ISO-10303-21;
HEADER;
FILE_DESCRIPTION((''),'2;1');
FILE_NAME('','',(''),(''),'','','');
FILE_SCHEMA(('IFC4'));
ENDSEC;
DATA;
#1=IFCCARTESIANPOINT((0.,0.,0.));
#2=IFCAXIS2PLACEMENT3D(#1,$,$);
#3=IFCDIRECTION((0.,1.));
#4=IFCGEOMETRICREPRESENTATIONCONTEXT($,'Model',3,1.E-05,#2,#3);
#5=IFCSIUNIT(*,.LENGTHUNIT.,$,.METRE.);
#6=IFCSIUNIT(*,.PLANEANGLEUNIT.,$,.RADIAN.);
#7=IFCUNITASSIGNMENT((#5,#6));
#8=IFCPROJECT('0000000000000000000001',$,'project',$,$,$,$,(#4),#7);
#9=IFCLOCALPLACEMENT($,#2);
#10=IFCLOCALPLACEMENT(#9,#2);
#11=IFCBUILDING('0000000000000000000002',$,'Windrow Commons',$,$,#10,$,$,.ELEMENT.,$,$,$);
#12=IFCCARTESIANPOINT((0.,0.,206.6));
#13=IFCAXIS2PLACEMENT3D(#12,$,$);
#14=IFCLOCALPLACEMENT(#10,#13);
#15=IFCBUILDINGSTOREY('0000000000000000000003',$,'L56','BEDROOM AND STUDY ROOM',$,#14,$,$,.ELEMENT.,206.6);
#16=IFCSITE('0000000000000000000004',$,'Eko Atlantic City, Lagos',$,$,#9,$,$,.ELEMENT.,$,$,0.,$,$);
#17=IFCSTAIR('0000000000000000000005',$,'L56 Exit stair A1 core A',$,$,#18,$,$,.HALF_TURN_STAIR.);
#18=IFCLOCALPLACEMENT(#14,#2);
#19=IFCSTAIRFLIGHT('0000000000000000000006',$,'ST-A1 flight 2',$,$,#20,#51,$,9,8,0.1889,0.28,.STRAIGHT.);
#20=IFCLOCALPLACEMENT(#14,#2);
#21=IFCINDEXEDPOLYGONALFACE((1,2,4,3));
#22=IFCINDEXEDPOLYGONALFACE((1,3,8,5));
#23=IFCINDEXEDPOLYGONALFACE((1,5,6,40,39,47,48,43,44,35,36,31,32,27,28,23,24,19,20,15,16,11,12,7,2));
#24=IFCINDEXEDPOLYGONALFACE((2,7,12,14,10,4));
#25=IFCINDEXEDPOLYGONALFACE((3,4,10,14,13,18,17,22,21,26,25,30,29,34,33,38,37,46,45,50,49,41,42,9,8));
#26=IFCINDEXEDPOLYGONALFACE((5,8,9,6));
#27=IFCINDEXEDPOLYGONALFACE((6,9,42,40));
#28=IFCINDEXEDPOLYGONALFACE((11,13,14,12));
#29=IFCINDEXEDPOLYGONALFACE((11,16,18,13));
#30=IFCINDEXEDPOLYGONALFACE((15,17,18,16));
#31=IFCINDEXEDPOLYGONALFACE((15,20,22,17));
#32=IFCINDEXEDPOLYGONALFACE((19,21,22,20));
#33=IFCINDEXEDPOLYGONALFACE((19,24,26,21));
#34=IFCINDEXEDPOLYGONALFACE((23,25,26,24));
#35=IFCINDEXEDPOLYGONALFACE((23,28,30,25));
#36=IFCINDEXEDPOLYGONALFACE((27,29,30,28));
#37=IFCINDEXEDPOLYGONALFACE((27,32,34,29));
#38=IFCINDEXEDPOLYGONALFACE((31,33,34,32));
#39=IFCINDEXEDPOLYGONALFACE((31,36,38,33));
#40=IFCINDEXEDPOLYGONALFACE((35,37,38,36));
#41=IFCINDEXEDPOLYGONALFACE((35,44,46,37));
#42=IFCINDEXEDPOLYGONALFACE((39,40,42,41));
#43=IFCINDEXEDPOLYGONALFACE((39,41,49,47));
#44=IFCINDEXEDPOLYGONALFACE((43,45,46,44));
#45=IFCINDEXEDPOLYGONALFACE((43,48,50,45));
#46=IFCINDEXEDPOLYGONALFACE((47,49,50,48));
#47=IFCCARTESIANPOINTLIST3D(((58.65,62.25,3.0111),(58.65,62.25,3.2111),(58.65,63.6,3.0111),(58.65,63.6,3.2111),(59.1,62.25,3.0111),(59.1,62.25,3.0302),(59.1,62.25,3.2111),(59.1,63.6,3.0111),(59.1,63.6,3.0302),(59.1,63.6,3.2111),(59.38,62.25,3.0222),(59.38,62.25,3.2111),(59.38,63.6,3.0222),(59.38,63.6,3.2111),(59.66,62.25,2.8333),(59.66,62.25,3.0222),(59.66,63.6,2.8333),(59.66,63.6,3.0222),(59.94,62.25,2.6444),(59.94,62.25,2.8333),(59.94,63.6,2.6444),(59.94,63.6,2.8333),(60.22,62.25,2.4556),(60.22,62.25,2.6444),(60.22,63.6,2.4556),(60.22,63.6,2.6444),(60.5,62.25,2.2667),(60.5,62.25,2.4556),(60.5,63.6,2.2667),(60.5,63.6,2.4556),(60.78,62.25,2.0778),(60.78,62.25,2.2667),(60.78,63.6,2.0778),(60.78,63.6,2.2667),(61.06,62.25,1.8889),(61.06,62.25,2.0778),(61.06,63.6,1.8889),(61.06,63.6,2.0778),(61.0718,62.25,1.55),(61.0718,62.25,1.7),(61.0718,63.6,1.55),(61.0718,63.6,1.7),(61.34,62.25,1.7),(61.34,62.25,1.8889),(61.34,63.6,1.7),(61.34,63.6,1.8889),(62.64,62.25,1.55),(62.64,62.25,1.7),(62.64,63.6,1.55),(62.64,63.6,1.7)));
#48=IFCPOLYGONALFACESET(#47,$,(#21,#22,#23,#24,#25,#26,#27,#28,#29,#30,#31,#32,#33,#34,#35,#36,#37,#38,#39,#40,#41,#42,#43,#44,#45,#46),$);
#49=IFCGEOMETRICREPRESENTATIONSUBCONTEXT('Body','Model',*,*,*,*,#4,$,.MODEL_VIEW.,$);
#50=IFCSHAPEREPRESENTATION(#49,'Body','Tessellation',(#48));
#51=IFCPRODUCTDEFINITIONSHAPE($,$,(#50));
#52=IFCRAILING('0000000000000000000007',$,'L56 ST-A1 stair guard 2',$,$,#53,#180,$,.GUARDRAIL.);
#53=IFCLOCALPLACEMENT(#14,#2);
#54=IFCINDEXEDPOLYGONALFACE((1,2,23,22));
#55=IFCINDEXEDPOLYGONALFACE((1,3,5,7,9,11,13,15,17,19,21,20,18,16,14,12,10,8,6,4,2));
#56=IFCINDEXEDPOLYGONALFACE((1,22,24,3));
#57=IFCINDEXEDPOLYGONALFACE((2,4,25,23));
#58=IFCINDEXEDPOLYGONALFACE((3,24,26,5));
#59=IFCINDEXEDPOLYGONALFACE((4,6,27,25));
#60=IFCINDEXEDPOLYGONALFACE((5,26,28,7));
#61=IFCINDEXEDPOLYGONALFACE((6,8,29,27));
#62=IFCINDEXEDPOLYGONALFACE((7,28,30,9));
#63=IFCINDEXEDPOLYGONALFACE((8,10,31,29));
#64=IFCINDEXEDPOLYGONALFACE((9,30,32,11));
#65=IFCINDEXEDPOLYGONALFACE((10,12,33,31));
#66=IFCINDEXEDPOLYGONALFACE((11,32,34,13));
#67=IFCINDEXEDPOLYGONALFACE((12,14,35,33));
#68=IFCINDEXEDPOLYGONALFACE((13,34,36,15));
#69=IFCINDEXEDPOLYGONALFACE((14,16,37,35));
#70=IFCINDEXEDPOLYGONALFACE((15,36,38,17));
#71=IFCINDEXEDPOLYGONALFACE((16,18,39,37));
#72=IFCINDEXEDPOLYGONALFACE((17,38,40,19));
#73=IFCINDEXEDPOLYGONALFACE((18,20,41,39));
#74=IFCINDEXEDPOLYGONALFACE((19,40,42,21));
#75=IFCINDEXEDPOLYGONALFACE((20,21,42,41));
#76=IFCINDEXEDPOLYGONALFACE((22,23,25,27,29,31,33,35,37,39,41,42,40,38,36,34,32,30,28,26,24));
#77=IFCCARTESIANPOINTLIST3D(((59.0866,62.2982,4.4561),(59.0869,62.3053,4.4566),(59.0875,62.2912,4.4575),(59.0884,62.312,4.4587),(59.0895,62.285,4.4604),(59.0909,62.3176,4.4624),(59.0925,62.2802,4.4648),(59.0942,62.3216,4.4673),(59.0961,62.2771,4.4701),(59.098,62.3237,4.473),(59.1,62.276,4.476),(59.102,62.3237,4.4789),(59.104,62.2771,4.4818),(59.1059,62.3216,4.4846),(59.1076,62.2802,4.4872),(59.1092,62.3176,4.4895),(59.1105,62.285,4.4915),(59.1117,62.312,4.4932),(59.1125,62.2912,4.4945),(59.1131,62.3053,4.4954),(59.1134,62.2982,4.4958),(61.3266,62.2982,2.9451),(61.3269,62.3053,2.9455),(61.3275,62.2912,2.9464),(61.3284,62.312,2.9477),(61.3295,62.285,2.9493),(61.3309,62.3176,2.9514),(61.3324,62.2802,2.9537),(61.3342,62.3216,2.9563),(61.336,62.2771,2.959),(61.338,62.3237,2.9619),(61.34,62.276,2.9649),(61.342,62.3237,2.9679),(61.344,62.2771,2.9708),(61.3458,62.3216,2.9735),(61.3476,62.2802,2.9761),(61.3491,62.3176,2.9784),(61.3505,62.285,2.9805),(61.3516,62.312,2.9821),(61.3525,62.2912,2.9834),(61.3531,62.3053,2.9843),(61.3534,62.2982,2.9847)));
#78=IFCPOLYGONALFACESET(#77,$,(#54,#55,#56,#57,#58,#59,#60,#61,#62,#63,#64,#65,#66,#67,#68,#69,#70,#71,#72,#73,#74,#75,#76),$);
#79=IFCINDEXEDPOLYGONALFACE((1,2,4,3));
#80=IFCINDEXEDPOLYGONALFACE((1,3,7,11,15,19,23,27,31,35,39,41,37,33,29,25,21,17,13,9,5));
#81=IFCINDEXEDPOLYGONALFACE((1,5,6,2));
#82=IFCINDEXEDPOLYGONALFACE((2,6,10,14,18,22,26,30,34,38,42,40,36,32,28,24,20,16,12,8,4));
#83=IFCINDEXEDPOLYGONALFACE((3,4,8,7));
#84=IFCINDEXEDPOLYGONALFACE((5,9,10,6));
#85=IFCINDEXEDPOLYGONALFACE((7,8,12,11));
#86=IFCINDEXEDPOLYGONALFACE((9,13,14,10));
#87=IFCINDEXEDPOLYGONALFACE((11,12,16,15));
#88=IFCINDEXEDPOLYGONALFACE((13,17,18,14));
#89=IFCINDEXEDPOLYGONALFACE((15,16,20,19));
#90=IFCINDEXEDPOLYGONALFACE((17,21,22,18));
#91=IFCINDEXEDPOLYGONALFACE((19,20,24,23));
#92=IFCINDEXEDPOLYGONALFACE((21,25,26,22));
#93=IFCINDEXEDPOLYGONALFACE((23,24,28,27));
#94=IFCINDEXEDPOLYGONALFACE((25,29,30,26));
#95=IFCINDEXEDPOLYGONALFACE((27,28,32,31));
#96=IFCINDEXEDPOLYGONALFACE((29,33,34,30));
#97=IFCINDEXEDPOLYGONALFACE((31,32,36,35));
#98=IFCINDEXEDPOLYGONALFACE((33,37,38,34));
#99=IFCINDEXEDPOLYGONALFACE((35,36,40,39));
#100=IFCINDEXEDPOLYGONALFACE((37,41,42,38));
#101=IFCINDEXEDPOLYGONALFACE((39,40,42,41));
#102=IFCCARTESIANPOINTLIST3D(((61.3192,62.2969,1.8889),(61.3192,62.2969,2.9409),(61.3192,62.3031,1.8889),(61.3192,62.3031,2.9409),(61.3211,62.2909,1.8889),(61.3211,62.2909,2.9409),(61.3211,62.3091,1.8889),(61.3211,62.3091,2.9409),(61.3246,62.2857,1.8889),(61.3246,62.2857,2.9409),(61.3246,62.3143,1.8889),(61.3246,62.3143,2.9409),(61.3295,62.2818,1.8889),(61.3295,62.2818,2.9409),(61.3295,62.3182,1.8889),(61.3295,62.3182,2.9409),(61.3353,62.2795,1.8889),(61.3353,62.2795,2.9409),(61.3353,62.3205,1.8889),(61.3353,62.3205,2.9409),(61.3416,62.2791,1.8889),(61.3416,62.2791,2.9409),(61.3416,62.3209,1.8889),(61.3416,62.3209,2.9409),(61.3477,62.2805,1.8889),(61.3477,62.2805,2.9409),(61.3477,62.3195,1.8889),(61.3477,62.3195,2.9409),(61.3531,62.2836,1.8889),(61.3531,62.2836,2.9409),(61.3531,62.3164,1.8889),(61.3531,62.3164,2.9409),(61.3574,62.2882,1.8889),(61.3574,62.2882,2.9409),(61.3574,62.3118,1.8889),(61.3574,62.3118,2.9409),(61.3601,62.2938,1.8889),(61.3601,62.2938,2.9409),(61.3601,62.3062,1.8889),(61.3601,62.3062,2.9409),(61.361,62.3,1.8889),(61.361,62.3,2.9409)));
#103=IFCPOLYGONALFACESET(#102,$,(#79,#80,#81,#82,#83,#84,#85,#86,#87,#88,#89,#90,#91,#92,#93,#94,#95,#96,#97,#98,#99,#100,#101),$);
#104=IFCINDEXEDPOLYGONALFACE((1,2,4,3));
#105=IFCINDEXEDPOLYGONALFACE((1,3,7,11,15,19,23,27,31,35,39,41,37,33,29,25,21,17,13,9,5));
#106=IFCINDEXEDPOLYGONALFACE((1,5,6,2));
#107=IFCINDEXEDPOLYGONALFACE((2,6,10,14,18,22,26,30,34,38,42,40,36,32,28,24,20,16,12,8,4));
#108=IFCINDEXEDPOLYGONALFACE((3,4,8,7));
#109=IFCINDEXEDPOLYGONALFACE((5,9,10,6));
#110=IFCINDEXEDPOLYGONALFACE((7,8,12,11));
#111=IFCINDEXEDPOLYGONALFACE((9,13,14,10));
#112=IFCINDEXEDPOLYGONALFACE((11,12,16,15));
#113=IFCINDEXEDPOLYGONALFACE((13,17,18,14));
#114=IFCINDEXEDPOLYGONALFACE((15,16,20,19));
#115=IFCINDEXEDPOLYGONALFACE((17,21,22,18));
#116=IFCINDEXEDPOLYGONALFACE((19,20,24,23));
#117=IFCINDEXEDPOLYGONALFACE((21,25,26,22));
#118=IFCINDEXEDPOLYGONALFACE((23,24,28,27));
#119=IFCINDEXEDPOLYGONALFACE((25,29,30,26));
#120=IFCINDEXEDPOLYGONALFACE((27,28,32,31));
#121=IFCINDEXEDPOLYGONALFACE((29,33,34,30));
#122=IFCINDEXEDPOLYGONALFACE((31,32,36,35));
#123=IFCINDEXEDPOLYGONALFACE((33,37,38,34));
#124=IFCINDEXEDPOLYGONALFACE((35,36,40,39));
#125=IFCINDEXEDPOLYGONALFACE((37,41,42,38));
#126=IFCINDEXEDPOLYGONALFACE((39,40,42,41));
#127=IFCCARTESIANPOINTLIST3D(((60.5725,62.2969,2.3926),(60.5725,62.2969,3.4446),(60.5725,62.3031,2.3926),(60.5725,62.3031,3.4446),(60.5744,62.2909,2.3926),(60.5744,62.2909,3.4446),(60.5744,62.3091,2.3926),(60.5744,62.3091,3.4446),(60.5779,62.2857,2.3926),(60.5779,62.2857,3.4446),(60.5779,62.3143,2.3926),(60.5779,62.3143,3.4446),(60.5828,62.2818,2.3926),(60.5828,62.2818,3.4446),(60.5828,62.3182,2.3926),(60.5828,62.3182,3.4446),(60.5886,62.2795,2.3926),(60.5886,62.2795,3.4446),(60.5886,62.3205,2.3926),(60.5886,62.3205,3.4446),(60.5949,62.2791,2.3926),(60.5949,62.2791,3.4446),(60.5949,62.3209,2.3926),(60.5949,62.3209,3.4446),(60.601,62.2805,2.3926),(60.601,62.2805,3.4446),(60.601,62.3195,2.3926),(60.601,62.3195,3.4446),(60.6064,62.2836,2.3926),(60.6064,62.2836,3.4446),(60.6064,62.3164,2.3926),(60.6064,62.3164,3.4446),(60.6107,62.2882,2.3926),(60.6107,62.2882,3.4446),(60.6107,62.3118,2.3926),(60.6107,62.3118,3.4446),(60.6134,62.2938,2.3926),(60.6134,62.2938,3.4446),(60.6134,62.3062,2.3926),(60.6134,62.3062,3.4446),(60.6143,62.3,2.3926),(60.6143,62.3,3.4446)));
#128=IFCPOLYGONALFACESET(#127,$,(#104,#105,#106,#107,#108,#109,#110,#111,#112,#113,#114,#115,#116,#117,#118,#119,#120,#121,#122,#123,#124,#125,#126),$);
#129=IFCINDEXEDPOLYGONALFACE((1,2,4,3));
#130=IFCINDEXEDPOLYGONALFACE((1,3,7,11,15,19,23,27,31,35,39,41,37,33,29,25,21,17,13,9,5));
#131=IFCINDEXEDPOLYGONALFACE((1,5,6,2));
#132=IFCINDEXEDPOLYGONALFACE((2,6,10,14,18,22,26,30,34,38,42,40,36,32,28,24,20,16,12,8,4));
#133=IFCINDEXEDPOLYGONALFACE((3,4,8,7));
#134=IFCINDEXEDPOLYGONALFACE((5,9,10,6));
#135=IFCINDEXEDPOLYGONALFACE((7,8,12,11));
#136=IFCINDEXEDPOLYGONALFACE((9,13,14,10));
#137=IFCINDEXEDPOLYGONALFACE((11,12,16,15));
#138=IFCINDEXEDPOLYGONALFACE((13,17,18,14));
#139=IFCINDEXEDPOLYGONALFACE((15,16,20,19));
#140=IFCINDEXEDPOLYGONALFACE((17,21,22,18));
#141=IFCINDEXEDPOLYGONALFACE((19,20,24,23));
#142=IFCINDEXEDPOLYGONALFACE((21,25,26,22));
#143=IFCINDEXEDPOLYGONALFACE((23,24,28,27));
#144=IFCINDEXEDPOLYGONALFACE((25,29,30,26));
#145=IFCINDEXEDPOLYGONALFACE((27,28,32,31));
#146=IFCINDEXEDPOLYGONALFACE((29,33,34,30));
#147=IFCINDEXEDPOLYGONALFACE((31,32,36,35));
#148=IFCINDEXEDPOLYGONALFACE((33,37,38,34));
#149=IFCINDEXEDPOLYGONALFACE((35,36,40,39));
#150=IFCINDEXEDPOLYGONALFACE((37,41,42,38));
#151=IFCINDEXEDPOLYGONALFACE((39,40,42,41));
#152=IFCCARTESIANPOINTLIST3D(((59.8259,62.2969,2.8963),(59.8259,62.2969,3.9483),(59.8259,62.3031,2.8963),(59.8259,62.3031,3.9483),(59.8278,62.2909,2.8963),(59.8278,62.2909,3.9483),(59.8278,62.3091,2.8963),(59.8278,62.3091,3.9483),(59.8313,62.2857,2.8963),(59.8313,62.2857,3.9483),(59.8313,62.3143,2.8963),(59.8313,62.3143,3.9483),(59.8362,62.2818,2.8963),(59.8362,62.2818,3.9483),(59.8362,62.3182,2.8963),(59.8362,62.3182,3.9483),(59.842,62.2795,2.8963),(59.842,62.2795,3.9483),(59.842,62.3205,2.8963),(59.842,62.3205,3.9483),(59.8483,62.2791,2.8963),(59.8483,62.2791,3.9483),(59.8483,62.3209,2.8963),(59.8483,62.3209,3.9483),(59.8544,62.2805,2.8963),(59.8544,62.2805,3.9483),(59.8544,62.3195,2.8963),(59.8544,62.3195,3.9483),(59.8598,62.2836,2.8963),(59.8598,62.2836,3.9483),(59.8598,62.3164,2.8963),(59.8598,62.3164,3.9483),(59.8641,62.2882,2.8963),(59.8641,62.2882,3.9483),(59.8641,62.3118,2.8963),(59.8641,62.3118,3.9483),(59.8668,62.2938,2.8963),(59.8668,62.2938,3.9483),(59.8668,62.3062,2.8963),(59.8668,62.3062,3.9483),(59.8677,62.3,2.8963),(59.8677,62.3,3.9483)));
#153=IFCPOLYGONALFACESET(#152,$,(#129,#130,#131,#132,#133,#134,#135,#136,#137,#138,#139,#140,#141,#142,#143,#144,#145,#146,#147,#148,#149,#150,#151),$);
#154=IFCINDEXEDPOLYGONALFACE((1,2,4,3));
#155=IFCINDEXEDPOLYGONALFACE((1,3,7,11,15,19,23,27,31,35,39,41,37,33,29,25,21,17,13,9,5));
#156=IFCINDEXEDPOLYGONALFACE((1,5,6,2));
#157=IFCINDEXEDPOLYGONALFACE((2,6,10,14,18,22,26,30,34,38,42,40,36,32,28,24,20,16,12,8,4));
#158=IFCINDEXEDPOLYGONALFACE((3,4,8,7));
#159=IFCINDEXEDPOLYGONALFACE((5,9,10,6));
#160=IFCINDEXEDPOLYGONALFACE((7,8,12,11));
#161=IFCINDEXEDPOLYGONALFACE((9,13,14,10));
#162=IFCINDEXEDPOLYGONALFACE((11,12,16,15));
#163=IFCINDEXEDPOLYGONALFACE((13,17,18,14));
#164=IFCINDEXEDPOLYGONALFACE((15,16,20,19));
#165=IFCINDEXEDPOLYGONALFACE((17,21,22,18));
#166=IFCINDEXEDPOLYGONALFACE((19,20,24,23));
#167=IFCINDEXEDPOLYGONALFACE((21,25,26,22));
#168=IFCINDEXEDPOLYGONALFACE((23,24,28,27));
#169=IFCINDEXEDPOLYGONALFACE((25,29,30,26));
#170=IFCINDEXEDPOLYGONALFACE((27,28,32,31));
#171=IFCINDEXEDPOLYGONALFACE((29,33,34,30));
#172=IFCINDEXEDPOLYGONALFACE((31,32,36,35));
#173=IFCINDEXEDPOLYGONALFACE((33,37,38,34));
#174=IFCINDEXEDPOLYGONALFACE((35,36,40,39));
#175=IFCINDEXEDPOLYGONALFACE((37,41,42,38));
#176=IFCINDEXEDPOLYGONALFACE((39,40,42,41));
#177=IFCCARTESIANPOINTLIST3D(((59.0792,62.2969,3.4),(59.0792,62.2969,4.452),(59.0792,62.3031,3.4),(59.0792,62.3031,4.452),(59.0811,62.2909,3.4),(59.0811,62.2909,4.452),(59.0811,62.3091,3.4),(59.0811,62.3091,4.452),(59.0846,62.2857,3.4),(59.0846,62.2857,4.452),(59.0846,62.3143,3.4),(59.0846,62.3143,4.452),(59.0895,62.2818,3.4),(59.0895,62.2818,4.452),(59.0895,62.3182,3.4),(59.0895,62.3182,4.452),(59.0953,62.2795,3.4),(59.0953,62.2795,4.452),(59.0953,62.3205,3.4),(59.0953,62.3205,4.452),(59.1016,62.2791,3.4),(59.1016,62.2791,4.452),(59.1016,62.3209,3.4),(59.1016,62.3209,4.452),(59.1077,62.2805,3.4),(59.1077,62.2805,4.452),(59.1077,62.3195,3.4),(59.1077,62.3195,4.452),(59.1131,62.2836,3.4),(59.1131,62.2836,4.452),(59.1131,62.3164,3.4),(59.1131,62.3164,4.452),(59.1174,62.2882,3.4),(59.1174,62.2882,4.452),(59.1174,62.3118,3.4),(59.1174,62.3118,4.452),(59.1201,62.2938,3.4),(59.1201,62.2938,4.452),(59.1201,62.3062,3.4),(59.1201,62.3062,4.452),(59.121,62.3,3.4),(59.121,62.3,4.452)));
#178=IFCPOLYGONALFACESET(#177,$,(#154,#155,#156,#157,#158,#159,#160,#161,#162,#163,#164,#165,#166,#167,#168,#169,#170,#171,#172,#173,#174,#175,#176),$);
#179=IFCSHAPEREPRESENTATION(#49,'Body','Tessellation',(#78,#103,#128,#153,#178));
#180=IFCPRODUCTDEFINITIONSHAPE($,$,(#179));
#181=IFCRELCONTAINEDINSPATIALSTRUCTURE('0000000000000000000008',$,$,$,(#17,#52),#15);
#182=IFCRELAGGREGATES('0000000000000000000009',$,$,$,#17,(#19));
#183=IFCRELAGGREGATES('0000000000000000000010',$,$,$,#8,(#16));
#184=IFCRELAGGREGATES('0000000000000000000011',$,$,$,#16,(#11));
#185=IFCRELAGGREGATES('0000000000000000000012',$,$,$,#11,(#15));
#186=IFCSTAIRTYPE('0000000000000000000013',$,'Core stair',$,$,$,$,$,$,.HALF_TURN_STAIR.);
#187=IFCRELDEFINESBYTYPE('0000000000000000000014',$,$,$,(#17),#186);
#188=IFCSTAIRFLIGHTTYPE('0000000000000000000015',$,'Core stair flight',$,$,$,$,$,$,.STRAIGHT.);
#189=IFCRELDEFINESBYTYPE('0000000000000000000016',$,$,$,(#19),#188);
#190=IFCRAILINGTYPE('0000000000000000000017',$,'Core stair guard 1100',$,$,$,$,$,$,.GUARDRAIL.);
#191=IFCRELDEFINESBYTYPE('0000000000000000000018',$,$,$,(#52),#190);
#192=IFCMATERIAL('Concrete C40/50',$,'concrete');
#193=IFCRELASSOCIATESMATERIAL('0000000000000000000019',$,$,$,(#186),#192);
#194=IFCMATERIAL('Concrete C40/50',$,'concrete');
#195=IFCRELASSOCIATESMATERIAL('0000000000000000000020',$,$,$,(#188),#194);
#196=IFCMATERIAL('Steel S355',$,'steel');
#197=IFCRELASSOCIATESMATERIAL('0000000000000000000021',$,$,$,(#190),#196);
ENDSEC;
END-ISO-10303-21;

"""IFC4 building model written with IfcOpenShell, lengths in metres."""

from ifc_helpers import new_model, si_unit, direction, frame, origin, origin_2d, place, context, subcontext, project, spatial, polyline, circle, outline, extrude, material, type_object, element, aggregate, save


model = new_model("IFC4")

# Units and contexts
model_context = context("Model", 3, precision=1e-05, world=origin(), true_north=direction((0.0, 1.0)))
body_context = subcontext(model_context, "Body", "Model", "MODEL_VIEW")
ifc_project = project(units=[si_unit("LENGTHUNIT", "METRE"), si_unit("PLANEANGLEUNIT", "RADIAN")], contexts=[model_context])

# Site, building, storey
site_placement = place(None, origin())
site = spatial("IfcSite", under=ifc_project, at=site_placement, Name="Eko Atlantic City, Lagos", CompositionType="ELEMENT", RefElevation=0.0)
building_placement = place(site_placement, origin())
building = spatial("IfcBuilding", under=site, at=building_placement, Name="Windrow Commons", CompositionType="ELEMENT")
storey_placement = place(building_placement, frame((0.0, 0.0, 206.6)))
storey = spatial("IfcBuildingStorey", under=building, at=storey_placement, Name="L56", Description="BEDROOM AND STUDY ROOM", CompositionType="ELEMENT", Elevation=206.6)

# Stair, stair flight
ifc_material_1 = material(Name="Concrete C40/50", Category="concrete")
stair_type = type_object("IfcStairType", Name="Core stair", PredefinedType="HALF_TURN_STAIR", material=ifc_material_1)
stair_placement = place(storey_placement, origin())
stair = element("IfcStair", 1, at=stair_placement, inside=storey, type_object=stair_type, Name="L56 Exit stair A1 core A", PredefinedType="HALF_TURN_STAIR")
ifc_material_2 = material(Name="Concrete C40/50", Category="concrete")
stair_flight_type = type_object("IfcStairFlightType", Name="Core stair flight", PredefinedType="STRAIGHT", material=ifc_material_2)
stair_flight_placement = place(storey_placement, frame((61.34, 62.925, 1.7), z_axis=(0.0, 0.0, 1.0), x_axis=(-1.0, 0.0, 0.0)))
stair_flight = element("IfcStairFlight", 2, at=stair_flight_placement, type_object=stair_flight_type, Name="ST-A1 flight 2", NumberOfRisers=9, NumberOfTreads=8, PredefinedType="STRAIGHT", RiserHeight=0.1889, TreadLength=0.28, context=body_context, shape_type="SweptSolid", body=[
    extrude(outline(polyline([(-1.3, -0.15), (-1.3, 0.0), (0.0, 0.0), (0.0, 0.1889), (0.28, 0.1889), (0.28, 0.3778), (0.56, 0.3778), (0.56, 0.5667), (0.84, 0.5667), (0.84, 0.7556), (1.12, 0.7556), (1.12, 0.9444), (1.4, 0.9444), (1.4, 1.1333), (1.68, 1.1333), (1.68, 1.3222), (1.96, 1.3222), (1.96, 1.5111), (2.24, 1.5111), (2.69, 1.5111), (2.69, 1.3111), (2.24, 1.3111), (2.24, 1.3302), (0.2682, 0.0), (0.2682, -0.15), (-1.3, -0.15)])), frame((0.0, 0.675, 0.0), z_axis=(0.0, -1.0, 0.0), x_axis=(1.0, 0.0, 0.0)), (0.0, 0.0, 1.0), 1.35),
])
aggregate(stair, [stair_flight])

# Railing
ifc_material_3 = material(Name="Steel S355", Category="steel")
railing_type_1 = type_object("IfcRailingType", Name="Core stair guard 1100", PredefinedType="GUARDRAIL", material=ifc_material_3)
railing_1_placement = place(storey_placement, frame((61.34, 62.3, 1.8889)))
element("IfcRailing", 3, at=railing_1_placement, inside=storey, type_object=railing_type_1, Name="L56 ST-A1 stair guard 2", PredefinedType="GUARDRAIL", context=body_context, shape_type="SweptSolid", body=[
    extrude(circle(Radius=0.024, at=origin_2d()), frame((0.0, 0.0, 1.076), z_axis=(-0.829003, 0.0, 0.559244), x_axis=(0.0, -1.0, 0.0)), (0.0, 0.0, 1.0), 2.702),
    extrude(circle(Radius=0.021, at=origin_2d()), origin(), (0.0, 0.0, 1.0), 1.052),
    extrude(circle(Radius=0.021, at=origin_2d()), frame((-0.7467, 0.0, 0.5037)), (0.0, 0.0, 1.0), 1.052),
    extrude(circle(Radius=0.021, at=origin_2d()), frame((-1.4933, 0.0, 1.0074)), (0.0, 0.0, 1.0), 1.052),
    extrude(circle(Radius=0.021, at=origin_2d()), frame((-2.24, 0.0, 1.5111)), (0.0, 0.0, 1.0), 1.052),
])

save(model, "model.ifc")
